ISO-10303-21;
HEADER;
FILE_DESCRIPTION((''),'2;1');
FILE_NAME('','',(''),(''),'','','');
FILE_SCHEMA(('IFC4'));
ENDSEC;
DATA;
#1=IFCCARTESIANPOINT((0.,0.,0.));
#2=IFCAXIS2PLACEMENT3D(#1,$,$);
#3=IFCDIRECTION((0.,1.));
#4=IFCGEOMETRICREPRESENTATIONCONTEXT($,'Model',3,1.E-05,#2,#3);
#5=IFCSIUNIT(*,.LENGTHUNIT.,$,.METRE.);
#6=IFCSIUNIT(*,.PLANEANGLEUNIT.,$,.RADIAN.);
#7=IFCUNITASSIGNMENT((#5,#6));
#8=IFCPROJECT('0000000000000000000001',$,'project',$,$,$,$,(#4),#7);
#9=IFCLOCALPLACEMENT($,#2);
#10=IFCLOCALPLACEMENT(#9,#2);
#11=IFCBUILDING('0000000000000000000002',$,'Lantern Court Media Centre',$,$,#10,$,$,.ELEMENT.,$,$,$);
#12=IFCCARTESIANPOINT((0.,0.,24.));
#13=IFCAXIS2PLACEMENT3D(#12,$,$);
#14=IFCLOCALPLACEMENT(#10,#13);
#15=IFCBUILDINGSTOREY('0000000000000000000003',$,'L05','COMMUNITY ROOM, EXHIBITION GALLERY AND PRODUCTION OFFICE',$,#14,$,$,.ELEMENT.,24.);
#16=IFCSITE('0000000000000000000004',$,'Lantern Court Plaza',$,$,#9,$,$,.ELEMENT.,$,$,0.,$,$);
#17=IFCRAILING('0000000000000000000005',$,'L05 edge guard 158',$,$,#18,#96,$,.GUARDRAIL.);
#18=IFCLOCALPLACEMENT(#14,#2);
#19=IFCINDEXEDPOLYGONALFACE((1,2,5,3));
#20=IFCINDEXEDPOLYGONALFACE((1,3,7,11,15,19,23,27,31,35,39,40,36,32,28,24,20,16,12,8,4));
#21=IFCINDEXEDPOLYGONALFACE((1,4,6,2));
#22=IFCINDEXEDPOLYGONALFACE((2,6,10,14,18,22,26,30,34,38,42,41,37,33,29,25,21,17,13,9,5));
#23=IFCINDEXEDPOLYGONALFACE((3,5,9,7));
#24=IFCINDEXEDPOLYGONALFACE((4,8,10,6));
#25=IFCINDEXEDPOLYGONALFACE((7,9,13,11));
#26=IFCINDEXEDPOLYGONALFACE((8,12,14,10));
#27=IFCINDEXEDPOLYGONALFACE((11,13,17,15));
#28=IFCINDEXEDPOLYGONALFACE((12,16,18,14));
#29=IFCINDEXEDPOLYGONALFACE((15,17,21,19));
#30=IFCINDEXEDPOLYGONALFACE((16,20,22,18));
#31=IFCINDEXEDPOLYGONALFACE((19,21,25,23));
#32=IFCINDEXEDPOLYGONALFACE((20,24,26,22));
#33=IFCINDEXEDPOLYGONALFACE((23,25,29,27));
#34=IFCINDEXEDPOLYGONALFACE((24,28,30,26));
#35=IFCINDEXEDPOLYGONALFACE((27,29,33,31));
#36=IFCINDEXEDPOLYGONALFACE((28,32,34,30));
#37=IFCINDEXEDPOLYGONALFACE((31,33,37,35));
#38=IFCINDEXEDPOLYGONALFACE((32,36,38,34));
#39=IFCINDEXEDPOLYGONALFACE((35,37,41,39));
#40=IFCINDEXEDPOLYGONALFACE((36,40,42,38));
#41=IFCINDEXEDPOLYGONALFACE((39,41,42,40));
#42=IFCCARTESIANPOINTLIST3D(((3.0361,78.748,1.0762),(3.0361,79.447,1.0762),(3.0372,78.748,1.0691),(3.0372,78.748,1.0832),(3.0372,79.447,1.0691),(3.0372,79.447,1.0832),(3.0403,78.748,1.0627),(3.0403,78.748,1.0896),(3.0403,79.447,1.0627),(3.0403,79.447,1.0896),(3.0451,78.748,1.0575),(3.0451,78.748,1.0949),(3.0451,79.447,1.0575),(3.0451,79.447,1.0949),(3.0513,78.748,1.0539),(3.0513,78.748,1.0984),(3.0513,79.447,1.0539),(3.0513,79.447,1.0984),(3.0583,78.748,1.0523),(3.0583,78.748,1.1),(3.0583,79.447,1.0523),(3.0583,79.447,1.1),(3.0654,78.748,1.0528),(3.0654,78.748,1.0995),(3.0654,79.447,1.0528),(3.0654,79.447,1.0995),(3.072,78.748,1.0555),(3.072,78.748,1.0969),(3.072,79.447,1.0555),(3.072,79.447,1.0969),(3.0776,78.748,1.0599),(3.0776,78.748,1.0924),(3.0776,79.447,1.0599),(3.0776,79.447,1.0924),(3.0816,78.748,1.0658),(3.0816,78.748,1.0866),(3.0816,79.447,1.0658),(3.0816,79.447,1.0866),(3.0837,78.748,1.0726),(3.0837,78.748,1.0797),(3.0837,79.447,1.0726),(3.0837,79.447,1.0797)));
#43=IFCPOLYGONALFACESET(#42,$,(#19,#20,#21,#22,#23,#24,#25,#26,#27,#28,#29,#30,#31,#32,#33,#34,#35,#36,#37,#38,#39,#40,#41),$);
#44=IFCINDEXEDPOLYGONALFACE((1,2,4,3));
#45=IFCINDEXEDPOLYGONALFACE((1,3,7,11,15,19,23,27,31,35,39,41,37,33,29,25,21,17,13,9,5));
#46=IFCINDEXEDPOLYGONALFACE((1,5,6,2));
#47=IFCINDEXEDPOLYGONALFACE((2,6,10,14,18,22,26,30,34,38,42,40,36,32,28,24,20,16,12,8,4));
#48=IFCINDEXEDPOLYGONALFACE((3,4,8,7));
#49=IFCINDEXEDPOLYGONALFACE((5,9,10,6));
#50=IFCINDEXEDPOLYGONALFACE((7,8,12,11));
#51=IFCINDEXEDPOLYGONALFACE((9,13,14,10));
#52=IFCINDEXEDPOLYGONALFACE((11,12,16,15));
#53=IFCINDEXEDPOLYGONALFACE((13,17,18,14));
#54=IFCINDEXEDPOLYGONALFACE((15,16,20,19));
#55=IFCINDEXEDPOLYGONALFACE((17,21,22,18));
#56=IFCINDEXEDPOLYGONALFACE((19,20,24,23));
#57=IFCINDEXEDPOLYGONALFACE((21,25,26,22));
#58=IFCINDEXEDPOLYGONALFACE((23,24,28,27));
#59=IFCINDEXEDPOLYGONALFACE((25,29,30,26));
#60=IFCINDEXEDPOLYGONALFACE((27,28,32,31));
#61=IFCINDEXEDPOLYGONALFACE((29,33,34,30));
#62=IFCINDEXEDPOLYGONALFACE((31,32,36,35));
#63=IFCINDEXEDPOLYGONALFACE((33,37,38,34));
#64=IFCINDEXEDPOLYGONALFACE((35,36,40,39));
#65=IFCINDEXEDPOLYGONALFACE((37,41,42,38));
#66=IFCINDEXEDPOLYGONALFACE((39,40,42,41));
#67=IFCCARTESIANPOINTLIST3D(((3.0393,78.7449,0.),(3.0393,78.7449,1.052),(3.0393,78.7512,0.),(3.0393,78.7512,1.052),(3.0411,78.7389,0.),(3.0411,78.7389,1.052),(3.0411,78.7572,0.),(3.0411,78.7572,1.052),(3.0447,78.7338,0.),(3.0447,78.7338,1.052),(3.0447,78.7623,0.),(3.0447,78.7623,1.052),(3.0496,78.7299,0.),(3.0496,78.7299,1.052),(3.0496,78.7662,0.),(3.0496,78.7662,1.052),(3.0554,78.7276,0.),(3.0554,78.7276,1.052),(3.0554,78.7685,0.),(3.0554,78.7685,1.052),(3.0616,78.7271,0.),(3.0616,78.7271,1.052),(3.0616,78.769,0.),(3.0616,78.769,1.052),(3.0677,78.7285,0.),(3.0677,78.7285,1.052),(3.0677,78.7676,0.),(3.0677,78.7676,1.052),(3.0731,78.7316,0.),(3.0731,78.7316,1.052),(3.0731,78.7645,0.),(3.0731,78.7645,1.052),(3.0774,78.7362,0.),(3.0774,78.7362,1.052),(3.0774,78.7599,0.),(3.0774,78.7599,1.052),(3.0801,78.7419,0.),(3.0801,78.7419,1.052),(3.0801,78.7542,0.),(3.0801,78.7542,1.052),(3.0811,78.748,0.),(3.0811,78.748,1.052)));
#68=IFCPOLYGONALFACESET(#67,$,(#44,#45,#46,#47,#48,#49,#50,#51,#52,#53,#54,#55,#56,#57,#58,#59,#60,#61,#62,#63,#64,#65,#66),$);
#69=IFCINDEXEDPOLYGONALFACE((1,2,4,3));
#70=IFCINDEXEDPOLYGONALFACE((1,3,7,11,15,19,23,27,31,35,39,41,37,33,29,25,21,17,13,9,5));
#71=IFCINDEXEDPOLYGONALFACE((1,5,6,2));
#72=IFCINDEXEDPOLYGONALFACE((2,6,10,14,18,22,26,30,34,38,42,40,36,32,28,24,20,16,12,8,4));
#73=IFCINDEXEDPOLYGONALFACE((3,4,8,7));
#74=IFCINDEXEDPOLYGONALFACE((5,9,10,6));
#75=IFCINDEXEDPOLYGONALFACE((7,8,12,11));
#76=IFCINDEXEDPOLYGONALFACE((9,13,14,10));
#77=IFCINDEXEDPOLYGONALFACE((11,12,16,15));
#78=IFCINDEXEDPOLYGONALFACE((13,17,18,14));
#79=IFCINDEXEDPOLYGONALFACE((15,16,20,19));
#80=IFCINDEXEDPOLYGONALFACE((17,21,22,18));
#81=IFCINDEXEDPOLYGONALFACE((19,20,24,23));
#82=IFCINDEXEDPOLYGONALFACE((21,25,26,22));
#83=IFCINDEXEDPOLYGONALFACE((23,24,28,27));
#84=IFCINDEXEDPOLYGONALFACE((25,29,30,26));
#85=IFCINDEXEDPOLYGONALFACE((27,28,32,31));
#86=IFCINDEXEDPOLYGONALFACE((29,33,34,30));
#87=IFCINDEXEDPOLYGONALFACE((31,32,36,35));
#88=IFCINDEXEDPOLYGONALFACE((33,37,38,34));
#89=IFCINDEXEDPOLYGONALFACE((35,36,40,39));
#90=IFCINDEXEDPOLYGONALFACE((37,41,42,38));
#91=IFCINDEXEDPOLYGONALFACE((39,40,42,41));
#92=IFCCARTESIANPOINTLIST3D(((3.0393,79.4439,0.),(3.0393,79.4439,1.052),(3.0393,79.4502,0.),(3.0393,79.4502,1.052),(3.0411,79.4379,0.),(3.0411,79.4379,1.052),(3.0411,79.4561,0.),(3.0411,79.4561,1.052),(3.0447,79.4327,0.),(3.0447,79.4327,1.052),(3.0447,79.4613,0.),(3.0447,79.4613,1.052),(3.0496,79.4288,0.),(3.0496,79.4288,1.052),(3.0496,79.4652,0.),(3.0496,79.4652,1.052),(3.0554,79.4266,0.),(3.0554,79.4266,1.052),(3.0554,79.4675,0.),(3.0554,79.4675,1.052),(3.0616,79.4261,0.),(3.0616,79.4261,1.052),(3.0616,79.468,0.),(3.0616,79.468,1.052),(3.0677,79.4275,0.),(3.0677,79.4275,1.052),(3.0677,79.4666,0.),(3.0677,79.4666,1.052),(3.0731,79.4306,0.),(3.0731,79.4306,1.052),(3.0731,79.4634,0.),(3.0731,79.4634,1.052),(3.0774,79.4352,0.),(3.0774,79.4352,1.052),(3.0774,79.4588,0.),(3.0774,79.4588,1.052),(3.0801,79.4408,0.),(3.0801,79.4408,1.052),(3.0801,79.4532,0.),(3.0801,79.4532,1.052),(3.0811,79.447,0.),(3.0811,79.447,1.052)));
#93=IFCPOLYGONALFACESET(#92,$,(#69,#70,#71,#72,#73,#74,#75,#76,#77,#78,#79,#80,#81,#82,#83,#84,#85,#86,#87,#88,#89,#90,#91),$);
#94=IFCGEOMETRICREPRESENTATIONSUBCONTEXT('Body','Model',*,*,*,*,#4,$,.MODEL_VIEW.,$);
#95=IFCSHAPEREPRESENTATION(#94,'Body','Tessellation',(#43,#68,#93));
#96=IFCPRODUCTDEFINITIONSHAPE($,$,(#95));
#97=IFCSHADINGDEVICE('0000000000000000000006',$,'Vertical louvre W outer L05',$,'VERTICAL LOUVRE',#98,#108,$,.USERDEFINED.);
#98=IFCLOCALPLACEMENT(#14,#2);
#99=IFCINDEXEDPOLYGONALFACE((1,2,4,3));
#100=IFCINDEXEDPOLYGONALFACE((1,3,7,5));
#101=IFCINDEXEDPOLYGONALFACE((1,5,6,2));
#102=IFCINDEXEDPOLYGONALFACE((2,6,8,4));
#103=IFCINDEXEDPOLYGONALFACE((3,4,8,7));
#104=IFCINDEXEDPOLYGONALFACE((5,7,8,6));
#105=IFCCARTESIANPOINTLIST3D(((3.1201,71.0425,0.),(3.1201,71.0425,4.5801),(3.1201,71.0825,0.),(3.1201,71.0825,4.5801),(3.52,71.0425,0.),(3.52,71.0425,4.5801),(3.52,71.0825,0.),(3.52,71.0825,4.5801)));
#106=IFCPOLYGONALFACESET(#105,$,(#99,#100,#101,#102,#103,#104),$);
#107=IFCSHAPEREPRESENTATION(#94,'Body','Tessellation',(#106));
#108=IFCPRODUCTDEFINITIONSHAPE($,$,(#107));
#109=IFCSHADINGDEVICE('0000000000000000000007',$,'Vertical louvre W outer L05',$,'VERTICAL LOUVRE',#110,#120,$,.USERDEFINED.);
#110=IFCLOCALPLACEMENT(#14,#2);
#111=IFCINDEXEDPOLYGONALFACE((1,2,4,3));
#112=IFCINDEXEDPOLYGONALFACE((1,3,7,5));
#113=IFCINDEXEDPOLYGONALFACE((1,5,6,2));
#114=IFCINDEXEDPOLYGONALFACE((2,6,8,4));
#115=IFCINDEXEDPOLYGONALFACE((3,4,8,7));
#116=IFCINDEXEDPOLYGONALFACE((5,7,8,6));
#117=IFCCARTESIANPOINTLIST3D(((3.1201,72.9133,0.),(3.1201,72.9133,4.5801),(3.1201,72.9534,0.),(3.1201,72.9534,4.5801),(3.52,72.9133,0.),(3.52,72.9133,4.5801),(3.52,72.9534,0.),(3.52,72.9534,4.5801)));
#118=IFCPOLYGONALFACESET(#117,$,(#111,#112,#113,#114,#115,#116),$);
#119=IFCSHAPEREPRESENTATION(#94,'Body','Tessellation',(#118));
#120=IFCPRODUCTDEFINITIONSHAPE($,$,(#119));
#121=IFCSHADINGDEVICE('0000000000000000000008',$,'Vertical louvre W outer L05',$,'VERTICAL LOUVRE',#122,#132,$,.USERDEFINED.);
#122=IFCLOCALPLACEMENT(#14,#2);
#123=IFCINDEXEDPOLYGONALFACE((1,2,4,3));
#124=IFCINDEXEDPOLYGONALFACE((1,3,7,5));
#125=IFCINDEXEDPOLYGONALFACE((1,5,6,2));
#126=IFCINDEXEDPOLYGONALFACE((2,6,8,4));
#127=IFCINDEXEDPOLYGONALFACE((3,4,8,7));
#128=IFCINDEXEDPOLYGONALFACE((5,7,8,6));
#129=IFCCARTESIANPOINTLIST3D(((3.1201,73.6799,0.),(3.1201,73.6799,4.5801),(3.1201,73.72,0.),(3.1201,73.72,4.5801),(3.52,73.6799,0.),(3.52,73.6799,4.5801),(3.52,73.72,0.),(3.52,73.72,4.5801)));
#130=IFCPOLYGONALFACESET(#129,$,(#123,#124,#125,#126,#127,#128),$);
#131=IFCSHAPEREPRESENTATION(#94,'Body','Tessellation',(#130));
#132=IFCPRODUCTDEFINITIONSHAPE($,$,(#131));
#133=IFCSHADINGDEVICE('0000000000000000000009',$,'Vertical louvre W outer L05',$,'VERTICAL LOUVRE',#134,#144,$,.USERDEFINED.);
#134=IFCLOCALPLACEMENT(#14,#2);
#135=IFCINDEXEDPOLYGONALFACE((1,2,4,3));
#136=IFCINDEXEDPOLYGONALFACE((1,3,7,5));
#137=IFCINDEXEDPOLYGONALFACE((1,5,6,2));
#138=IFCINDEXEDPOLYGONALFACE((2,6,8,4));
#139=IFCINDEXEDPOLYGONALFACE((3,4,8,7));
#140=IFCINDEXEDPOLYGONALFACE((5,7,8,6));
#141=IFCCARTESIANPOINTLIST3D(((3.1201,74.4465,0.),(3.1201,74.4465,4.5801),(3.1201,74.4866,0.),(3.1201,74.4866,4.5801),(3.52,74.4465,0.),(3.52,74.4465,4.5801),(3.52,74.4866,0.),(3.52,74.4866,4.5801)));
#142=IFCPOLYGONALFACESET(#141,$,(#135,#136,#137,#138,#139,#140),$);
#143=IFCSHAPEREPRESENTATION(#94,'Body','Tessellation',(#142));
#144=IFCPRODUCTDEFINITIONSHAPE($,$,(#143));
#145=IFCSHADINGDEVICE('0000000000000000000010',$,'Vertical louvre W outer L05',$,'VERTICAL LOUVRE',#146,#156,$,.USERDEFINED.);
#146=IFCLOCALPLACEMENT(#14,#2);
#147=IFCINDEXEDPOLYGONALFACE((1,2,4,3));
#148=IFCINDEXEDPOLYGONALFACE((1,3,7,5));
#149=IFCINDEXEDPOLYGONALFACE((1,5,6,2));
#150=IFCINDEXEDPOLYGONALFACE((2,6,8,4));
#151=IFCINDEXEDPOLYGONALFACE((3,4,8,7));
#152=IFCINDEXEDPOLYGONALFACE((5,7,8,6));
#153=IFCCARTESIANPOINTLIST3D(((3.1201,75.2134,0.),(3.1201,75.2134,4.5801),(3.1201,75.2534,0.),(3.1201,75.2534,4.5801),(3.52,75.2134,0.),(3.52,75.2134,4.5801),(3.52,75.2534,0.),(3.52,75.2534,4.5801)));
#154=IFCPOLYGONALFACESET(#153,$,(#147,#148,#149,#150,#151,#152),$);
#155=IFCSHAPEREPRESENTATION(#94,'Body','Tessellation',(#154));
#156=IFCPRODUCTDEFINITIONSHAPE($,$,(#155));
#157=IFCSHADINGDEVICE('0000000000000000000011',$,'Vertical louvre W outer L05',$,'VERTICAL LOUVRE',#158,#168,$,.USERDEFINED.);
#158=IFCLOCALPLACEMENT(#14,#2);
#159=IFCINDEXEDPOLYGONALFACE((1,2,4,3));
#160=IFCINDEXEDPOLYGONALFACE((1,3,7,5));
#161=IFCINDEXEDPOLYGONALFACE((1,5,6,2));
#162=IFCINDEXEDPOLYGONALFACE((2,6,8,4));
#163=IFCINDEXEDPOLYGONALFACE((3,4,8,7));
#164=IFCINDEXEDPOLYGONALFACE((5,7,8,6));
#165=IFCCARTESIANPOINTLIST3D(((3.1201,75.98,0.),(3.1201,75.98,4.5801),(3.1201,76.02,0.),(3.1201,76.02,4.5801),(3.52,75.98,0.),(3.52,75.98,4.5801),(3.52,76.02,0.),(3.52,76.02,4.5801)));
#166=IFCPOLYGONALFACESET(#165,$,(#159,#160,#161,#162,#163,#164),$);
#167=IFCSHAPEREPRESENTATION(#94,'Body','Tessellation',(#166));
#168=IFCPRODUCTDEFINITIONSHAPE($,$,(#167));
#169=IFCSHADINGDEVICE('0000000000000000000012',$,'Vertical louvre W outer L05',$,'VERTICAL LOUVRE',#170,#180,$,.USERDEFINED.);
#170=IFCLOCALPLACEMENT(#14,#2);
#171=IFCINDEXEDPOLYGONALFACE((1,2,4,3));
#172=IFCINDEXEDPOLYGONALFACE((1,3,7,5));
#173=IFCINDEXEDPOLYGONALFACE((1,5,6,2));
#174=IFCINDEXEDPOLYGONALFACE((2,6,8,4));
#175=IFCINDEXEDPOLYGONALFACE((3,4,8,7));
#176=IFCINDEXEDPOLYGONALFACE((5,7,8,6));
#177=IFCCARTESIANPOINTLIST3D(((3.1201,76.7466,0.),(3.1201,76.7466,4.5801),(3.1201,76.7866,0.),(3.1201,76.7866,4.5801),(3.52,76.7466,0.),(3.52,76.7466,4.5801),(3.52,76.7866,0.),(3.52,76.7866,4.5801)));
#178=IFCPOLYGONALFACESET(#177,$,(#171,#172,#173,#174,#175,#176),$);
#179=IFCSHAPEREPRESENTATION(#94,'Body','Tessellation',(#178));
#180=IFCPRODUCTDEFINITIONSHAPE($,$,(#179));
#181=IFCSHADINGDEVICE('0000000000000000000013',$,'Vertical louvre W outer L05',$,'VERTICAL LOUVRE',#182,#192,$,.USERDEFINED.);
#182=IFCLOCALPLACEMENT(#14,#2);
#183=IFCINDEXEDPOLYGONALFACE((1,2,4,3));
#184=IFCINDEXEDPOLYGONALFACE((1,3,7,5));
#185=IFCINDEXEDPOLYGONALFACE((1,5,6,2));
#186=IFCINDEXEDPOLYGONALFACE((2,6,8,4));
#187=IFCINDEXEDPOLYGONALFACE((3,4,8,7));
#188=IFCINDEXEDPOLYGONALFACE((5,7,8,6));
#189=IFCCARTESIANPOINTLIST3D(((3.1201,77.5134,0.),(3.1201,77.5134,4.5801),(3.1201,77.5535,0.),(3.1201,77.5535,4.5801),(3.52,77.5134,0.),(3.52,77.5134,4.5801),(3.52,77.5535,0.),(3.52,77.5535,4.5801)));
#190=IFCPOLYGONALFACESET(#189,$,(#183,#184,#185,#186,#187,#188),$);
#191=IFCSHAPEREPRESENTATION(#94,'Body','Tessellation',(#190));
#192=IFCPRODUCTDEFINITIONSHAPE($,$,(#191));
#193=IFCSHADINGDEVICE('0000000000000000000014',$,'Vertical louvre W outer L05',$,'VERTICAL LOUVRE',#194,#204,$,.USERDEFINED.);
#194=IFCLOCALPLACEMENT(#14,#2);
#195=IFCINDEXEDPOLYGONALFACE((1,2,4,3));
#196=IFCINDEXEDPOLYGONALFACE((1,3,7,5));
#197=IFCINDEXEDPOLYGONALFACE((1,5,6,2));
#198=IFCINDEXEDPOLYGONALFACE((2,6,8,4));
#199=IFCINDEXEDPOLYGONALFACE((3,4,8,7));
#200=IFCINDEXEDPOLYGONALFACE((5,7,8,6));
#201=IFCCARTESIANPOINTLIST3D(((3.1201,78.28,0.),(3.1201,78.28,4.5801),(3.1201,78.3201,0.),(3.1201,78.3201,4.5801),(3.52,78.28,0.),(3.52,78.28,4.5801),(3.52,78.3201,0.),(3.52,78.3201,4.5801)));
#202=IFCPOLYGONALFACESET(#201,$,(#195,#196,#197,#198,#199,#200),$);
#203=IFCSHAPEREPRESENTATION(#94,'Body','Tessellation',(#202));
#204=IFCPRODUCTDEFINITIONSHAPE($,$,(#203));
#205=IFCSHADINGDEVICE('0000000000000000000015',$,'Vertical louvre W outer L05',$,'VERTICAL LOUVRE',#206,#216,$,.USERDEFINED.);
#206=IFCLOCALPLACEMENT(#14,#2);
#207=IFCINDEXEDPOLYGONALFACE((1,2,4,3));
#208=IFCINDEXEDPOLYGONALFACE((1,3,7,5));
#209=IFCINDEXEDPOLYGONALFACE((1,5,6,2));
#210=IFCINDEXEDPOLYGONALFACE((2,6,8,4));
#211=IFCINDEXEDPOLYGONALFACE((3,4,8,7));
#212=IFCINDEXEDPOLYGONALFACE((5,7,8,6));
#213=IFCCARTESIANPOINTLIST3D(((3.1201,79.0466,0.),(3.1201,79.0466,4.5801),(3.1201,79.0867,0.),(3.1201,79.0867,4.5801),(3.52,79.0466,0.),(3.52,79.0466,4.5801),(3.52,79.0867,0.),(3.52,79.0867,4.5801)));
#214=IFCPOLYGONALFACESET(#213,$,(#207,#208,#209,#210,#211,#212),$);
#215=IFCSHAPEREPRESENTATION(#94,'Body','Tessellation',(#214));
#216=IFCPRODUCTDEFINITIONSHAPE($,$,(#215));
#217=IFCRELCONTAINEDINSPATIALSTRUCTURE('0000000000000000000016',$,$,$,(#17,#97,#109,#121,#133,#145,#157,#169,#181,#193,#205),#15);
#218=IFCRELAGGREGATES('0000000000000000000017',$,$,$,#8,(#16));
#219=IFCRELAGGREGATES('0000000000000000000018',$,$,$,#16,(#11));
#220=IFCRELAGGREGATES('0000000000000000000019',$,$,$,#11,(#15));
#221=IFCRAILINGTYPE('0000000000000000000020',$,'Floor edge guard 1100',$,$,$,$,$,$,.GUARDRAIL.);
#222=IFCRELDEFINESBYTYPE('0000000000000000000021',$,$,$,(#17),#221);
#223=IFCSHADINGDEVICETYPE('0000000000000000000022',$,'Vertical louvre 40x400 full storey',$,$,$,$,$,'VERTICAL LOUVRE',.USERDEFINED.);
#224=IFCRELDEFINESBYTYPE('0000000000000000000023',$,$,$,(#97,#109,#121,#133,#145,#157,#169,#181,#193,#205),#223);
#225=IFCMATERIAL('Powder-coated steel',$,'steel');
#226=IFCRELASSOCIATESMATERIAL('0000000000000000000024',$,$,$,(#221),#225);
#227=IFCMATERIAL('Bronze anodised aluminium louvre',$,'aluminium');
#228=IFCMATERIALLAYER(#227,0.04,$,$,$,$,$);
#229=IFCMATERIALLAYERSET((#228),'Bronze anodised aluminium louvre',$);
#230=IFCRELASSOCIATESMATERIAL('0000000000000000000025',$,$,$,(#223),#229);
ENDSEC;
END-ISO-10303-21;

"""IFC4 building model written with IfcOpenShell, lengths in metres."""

from ifc_helpers import new_model, si_unit, direction, frame, origin, origin_2d, place, context, subcontext, project, spatial, rectangle, circle, extrude, material, layer, layer_set, type_object, element, save


model = new_model("IFC4")

# Units and contexts
model_context = context("Model", 3, precision=1e-05, world=origin(), true_north=direction((0.0, 1.0)))
body_context = subcontext(model_context, "Body", "Model", "MODEL_VIEW")
ifc_project = project(units=[si_unit("LENGTHUNIT", "METRE"), si_unit("PLANEANGLEUNIT", "RADIAN")], contexts=[model_context])

# Site, building, storey
site_placement = place(None, origin())
site = spatial("IfcSite", under=ifc_project, at=site_placement, Name="Lantern Court Plaza", CompositionType="ELEMENT", RefElevation=0.0)
building_placement = place(site_placement, origin())
building = spatial("IfcBuilding", under=site, at=building_placement, Name="Lantern Court Media Centre", CompositionType="ELEMENT")
storey_placement = place(building_placement, frame((0.0, 0.0, 24.0)))
storey = spatial("IfcBuildingStorey", under=building, at=storey_placement, Name="L05", Description="COMMUNITY ROOM, EXHIBITION GALLERY AND PRODUCTION OFFICE", CompositionType="ELEMENT", Elevation=24.0)

# Railing
ifc_material_1 = material(Name="Powder-coated steel", Category="steel")
railing_type = type_object("IfcRailingType", Name="Floor edge guard 1100", PredefinedType="GUARDRAIL", material=ifc_material_1)
railing_1_placement = place(storey_placement, frame((3.0601, 78.748, 0.0)))
element("IfcRailing", 1, at=railing_1_placement, inside=storey, type_object=railing_type, Name="L05 edge guard 158", PredefinedType="GUARDRAIL", context=body_context, shape_type="SweptSolid", body=[
    extrude(circle(Radius=0.0239, at=origin_2d()), frame((0.0, 0.0, 1.0762), z_axis=(0.0, 1.0, 0.0), x_axis=(-1.0, 0.0, 0.0)), (0.0, 0.0, 1.0), 0.699),
    extrude(circle(Radius=0.021, at=origin_2d()), origin(), (0.0, 0.0, 1.0), 1.052),
    extrude(circle(Radius=0.021, at=origin_2d()), frame((0.0, 0.699, 0.0)), (0.0, 0.0, 1.0), 1.052),
])

# Shading devices
ifc_material_2 = material(Name="Bronze anodised aluminium louvre", Category="aluminium")
ifc_layer_1 = layer(ifc_material_2, 0.04)
ifc_layer_set_1 = layer_set([ifc_layer_1], Name="Bronze anodised aluminium louvre")
shading_device_type = type_object("IfcShadingDeviceType", Name="Vertical louvre 40x400 full storey", ElementType="VERTICAL LOUVRE", PredefinedType="USERDEFINED", material=ifc_layer_set_1)
for number, where, z_axis, x_axis, name in (
    (2, (3.3201, 71.0625, 0.0), (0.0, 0.0, 1.0), (1.0, 0.0, 0.0), "Vertical louvre W outer L05"),
    (3, (3.3201, 72.9333, 0.0), (0.0, 0.0, 1.0), (1.0, 0.0, 0.0), "Vertical louvre W outer L05"),
    (4, (3.3201, 73.7, 0.0), (0.0, 0.0, 1.0), (1.0, 0.0, 0.0), "Vertical louvre W outer L05"),
    (5, (3.3201, 74.4666, 0.0), (0.0, 0.0, 1.0), (1.0, 0.0, 0.0), "Vertical louvre W outer L05"),
    (6, (3.3201, 75.2334, 0.0), (0.0, 0.0, 1.0), (1.0, 0.0, 0.0), "Vertical louvre W outer L05"),
    (7, (3.3201, 76.0, 0.0), (0.0, 0.0, 1.0), (1.0, 0.0, 0.0), "Vertical louvre W outer L05"),
    (8, (3.3201, 76.7666, 0.0), (0.0, 0.0, 1.0), (1.0, 0.0, 0.0), "Vertical louvre W outer L05"),
    (9, (3.3201, 77.5334, 0.0), (0.0, 0.0, 1.0), (1.0, 0.0, 0.0), "Vertical louvre W outer L05"),
    (10, (3.3201, 78.3, 0.0), (0.0, 0.0, 1.0), (1.0, 0.0, 0.0), "Vertical louvre W outer L05"),
    (11, (3.3201, 79.0667, 0.0), (0.0, 0.0, 1.0), (1.0, 0.0, 0.0), "Vertical louvre W outer L05"),
):
    element("IfcShadingDevice", number, at=place(storey_placement, frame(where, z_axis=z_axis, x_axis=x_axis)), inside=storey, type_object=shading_device_type, Name=name, ObjectType="VERTICAL LOUVRE", PredefinedType="USERDEFINED", context=body_context, shape_type="SweptSolid", body=[
        extrude(rectangle(XDim=0.3999, YDim=0.04, at=origin_2d()), origin(), (0.0, 0.0, 1.0), 4.5801),
    ])

save(model, "model.ifc")
